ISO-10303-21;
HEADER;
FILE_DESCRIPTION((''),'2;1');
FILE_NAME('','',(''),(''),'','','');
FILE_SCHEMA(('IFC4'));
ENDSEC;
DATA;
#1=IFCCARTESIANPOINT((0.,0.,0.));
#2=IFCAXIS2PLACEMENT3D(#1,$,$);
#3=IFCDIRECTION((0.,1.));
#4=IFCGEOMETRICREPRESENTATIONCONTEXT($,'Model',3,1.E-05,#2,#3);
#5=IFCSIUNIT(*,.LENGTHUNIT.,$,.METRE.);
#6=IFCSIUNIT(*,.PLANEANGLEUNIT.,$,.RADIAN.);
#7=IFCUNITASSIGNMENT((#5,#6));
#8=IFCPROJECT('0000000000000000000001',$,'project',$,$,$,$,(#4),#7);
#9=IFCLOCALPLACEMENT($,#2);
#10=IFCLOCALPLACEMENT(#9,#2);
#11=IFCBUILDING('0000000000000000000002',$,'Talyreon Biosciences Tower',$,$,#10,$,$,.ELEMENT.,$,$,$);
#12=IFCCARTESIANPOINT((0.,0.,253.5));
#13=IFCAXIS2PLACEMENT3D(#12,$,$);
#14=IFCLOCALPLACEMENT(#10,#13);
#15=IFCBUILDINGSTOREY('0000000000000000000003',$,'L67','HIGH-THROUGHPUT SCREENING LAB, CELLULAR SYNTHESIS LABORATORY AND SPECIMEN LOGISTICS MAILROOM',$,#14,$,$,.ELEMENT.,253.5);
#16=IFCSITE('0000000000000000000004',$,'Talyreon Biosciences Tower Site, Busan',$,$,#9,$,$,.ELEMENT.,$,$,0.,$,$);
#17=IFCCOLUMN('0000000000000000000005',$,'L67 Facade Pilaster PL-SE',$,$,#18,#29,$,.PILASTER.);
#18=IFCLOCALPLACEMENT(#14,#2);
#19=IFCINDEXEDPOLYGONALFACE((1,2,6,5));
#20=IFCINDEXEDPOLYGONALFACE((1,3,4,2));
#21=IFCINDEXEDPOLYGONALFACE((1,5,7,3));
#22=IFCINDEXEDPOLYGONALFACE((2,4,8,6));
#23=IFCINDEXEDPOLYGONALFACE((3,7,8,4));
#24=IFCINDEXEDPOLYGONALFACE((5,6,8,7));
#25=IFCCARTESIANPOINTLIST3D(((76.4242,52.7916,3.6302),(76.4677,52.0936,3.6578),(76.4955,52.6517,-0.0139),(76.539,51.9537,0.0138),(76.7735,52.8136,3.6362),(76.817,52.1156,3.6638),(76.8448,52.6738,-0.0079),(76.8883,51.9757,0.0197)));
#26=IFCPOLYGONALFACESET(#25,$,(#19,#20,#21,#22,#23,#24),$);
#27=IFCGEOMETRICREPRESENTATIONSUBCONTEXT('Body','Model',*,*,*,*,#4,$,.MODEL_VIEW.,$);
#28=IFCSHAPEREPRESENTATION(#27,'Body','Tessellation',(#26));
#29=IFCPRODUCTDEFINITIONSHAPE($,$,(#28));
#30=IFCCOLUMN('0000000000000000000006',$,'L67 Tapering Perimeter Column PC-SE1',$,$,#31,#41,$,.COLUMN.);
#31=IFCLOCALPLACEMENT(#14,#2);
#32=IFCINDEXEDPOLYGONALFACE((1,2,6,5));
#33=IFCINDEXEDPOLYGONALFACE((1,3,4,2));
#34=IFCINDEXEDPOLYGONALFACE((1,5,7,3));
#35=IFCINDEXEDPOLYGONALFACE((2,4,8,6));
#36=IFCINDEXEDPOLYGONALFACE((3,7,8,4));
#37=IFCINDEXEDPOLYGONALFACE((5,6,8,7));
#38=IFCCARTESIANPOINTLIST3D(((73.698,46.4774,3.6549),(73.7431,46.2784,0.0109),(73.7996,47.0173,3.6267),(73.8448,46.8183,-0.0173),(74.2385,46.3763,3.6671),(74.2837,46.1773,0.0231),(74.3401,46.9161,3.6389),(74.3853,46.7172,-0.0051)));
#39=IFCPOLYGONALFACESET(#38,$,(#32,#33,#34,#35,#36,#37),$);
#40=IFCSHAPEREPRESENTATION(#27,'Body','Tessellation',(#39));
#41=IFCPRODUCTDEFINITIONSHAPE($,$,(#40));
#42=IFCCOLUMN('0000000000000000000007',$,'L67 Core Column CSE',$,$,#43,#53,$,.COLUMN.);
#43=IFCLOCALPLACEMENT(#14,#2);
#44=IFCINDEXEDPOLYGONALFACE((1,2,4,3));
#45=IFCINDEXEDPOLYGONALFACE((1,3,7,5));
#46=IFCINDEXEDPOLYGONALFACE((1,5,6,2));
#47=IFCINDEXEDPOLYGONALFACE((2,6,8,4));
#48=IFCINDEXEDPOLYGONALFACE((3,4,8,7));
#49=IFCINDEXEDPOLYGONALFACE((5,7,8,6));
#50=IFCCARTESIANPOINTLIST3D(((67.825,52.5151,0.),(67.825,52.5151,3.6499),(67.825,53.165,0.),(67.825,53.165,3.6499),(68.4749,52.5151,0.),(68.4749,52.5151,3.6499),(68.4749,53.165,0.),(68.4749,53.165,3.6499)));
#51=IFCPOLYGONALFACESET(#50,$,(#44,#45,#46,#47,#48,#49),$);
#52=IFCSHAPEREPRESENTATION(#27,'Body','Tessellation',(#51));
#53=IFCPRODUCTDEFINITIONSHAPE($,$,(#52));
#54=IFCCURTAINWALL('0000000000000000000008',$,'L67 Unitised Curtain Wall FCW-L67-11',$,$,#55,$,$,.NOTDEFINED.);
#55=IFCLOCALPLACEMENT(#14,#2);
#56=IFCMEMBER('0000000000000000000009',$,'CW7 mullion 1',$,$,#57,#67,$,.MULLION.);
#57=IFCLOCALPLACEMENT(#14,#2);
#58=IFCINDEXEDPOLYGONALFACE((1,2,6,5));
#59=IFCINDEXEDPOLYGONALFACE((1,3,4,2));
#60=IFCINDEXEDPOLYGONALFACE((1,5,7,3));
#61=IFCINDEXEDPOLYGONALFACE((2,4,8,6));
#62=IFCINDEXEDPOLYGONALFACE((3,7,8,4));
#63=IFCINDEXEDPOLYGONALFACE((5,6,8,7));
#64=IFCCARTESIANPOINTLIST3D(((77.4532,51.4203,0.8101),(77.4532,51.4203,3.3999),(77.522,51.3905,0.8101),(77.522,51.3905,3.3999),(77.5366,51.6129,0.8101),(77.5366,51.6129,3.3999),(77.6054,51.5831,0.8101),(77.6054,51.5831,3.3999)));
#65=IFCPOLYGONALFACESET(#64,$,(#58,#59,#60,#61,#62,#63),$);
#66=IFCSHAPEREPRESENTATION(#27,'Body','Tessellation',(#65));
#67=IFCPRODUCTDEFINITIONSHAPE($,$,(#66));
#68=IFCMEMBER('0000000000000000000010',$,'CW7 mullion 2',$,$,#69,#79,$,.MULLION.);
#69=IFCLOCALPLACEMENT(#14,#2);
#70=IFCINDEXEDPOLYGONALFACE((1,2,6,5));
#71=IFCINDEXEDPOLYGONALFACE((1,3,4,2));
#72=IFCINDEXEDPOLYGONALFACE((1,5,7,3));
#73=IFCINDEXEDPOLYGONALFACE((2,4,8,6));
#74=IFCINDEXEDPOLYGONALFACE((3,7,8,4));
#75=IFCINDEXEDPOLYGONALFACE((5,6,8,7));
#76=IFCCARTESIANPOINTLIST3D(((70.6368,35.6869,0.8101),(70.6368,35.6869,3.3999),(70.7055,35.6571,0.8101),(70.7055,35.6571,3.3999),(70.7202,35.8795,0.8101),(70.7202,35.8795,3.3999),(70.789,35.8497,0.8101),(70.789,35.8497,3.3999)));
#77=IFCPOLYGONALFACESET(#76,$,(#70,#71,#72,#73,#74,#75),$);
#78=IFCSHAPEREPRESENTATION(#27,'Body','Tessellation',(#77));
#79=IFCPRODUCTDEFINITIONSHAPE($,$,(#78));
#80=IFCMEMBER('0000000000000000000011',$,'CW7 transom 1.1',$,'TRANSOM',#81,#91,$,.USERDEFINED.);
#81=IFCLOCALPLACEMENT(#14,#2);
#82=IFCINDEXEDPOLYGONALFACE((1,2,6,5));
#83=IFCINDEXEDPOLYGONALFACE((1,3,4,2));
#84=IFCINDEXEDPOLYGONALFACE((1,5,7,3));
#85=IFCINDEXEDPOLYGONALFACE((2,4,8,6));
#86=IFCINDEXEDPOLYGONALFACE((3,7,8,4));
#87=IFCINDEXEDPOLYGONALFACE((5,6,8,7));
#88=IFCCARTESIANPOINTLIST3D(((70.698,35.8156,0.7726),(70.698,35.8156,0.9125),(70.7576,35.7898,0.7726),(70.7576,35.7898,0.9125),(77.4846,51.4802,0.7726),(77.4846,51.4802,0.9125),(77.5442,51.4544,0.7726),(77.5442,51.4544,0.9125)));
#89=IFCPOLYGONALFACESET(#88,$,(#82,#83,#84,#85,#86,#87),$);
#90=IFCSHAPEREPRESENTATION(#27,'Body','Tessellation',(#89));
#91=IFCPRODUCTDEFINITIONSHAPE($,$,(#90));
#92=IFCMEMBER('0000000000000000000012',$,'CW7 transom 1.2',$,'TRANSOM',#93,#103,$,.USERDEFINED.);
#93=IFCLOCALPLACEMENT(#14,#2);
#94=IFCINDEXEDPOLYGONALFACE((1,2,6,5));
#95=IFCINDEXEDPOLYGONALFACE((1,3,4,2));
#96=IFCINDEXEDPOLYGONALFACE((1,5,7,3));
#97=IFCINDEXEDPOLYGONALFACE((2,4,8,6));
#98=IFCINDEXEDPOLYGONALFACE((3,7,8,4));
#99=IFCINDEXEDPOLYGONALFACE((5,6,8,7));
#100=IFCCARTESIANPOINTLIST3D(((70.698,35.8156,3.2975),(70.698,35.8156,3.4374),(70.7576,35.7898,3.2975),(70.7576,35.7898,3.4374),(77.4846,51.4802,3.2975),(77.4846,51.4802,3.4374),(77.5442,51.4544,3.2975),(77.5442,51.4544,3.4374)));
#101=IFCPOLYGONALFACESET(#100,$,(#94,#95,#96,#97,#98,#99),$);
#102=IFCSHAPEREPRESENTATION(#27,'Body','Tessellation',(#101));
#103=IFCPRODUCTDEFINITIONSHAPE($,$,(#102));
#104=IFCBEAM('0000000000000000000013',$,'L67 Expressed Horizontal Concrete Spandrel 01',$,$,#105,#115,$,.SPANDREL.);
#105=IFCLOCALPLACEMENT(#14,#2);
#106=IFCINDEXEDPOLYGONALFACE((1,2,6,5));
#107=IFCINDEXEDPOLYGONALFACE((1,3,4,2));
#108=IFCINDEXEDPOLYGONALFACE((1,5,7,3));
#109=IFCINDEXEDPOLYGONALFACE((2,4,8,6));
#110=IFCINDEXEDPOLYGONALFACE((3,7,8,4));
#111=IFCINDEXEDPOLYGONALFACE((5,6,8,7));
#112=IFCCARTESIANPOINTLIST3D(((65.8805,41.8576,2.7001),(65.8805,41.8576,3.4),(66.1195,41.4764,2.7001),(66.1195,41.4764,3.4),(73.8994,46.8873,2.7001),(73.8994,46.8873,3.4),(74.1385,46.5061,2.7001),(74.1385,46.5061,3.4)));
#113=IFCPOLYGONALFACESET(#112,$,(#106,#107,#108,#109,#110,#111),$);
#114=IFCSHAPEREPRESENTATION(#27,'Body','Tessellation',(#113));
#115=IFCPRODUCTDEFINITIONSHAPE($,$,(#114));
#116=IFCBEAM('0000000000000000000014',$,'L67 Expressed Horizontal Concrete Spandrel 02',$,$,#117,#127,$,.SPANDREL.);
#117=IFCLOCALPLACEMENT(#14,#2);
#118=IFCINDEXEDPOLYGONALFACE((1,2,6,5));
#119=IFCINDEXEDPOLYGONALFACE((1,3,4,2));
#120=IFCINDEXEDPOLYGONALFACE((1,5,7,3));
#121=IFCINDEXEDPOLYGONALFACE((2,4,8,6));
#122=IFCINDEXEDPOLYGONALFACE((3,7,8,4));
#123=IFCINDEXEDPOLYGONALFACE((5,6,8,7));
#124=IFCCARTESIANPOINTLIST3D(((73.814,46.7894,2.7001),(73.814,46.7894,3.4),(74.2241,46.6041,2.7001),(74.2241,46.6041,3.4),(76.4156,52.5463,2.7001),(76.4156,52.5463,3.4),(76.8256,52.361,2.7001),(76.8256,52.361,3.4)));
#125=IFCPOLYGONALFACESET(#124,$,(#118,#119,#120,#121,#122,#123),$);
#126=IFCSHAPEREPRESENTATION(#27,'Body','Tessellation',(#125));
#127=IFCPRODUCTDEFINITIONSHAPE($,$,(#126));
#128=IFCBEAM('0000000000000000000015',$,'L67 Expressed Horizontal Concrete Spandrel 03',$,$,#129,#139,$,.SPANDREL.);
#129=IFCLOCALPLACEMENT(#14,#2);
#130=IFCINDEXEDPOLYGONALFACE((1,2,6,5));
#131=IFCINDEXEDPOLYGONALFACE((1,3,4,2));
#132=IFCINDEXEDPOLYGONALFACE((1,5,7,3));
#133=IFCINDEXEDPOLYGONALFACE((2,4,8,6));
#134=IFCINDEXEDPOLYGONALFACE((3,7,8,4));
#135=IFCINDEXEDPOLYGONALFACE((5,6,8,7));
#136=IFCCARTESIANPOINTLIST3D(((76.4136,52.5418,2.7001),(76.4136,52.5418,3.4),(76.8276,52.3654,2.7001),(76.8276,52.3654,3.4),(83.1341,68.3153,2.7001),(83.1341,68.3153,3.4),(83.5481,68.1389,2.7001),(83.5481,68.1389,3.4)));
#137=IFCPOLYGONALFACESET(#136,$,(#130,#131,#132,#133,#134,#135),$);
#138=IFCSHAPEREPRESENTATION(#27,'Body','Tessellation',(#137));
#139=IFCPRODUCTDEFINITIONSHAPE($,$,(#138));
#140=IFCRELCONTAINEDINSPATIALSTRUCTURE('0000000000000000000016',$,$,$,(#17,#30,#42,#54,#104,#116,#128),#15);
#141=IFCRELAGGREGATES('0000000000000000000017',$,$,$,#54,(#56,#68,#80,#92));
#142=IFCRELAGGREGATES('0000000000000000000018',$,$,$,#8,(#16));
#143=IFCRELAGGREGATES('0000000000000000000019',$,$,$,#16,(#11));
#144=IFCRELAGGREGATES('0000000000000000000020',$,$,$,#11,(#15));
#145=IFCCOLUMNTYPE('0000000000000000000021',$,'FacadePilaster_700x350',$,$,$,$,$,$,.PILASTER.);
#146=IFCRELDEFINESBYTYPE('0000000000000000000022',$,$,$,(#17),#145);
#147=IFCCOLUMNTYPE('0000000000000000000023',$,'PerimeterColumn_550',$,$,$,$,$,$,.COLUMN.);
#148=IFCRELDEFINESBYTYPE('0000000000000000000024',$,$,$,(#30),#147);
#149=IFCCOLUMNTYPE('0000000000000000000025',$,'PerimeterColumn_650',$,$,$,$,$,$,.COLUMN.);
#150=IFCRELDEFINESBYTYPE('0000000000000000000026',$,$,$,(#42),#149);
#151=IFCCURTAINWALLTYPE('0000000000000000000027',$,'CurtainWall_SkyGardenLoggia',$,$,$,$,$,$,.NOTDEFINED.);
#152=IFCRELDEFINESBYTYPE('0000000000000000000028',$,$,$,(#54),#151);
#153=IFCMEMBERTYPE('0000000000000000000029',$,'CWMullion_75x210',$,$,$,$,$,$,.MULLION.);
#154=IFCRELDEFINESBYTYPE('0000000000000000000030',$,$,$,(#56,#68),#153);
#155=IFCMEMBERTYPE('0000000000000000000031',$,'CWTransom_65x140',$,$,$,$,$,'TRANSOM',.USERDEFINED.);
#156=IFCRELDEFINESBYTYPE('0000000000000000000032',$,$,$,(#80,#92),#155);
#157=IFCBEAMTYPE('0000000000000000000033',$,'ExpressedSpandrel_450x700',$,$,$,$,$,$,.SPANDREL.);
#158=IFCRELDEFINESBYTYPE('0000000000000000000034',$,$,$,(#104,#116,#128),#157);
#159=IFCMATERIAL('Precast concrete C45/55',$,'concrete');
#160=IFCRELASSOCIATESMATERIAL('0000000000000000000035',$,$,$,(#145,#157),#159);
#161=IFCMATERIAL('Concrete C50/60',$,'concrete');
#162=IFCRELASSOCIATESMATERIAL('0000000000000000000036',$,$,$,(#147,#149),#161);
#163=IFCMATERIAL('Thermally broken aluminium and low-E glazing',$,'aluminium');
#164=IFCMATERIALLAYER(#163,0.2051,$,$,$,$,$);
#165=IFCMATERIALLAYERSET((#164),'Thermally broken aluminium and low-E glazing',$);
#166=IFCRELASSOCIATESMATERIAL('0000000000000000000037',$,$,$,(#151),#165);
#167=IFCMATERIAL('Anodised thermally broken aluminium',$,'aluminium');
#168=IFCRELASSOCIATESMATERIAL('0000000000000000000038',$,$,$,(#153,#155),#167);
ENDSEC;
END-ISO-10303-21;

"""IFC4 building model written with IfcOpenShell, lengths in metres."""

from ifc_helpers import new_model, si_unit, direction, frame, origin, origin_2d, place, context, subcontext, project, spatial, rectangle, extrude, material, layer, layer_set, material_profile, profile_set, type_object, element, aggregate, save


model = new_model("IFC4")

# Units and contexts
model_context = context("Model", 3, precision=1e-05, world=origin(), true_north=direction((0.0, 1.0)))
body_context = subcontext(model_context, "Body", "Model", "MODEL_VIEW")
ifc_project = project(units=[si_unit("LENGTHUNIT", "METRE"), si_unit("PLANEANGLEUNIT", "RADIAN")], contexts=[model_context])

# Site, building, storey
site_placement = place(None, origin())
site = spatial("IfcSite", under=ifc_project, at=site_placement, Name="Talyreon Biosciences Tower Site, Busan", CompositionType="ELEMENT", RefElevation=0.0)
building_placement = place(site_placement, origin())
building = spatial("IfcBuilding", under=site, at=building_placement, Name="Talyreon Biosciences Tower", CompositionType="ELEMENT")
storey_placement = place(building_placement, frame((0.0, 0.0, 253.5)))
storey = spatial("IfcBuildingStorey", under=building, at=storey_placement, Name="L67", Description="HIGH-THROUGHPUT SCREENING LAB, CELLULAR SYNTHESIS LABORATORY AND SPECIMEN LOGISTICS MAILROOM", CompositionType="ELEMENT", Elevation=253.5)

# Columns
ifc_material_1 = material(Name="Precast concrete C45/55", Category="concrete")
ifc_material_profile_1 = material_profile(ifc_material_1, rectangle(XDim=0.7, YDim=0.3501, at=origin_2d()), Name="RC 700x350")
ifc_profile_set_1 = profile_set([ifc_material_profile_1], Name="Precast concrete C45/55")
column_type_1 = type_object("IfcColumnType", Name="FacadePilaster_700x350", PredefinedType="PILASTER", material=ifc_profile_set_1)
column_1_placement = place(storey_placement, frame((76.6919, 52.3137, 0.0029), z_axis=(-0.019545, 0.038354, 0.999073), x_axis=(0.062149, -0.997285, 0.039501)))
element("IfcColumn", 1, at=column_1_placement, inside=storey, type_object=column_type_1, Name="L67 Facade Pilaster PL-SE", PredefinedType="PILASTER", context=body_context, shape_type="SweptSolid", body=[
    extrude(rectangle(XDim=0.7, YDim=0.3501, at=origin_2d()), origin(), (0.0, 0.0, 1.0), 3.6475),
])
ifc_material_2 = material(Name="Concrete C50/60", Category="concrete")
ifc_material_profile_2 = material_profile(ifc_material_2, rectangle(XDim=0.55, YDim=0.55, at=origin_2d()), Name="RC 550x550")
ifc_profile_set_2 = profile_set([ifc_material_profile_2], Name="Concrete C50/60")
column_type_2 = type_object("IfcColumnType", Name="PerimeterColumn_550", PredefinedType="COLUMN", material=ifc_profile_set_2)
column_2_placement = place(storey_placement, frame((74.0642, 46.4978, 0.0029), z_axis=(-0.012375, 0.054517, 0.998436), x_axis=(-0.184765, -0.981443, 0.051299)))
element("IfcColumn", 2, at=column_2_placement, inside=storey, type_object=column_type_2, Name="L67 Tapering Perimeter Column PC-SE1", PredefinedType="COLUMN", context=body_context, shape_type="SweptSolid", body=[
    extrude(rectangle(XDim=0.55, YDim=0.55, at=origin_2d()), origin(), (0.0, 0.0, 1.0), 3.6497),
])
ifc_material_profile_3 = material_profile(ifc_material_2, rectangle(XDim=0.6499, YDim=0.6499, at=origin_2d()), Name="RC 650x650")
ifc_profile_set_3 = profile_set([ifc_material_profile_3], Name="Concrete C50/60")
column_type_3 = type_object("IfcColumnType", Name="PerimeterColumn_650", PredefinedType="COLUMN", material=ifc_profile_set_3)
column_3_placement = place(storey_placement, frame((68.1499, 52.8401, 0.0), z_axis=(0.0, 0.0, 1.0), x_axis=(1.0, 0.0, 0.0)))
element("IfcColumn", 3, at=column_3_placement, inside=storey, type_object=column_type_3, Name="L67 Core Column CSE", PredefinedType="COLUMN", context=body_context, shape_type="SweptSolid", body=[
    extrude(rectangle(XDim=0.6499, YDim=0.6499, at=origin_2d()), origin(), (0.0, 0.0, 1.0), 3.6499),
])

# Curtain wall, members
ifc_material_3 = material(Name="Thermally broken aluminium and low-E glazing", Category="aluminium")
ifc_layer_1 = layer(ifc_material_3, 0.2051)
ifc_layer_set_1 = layer_set([ifc_layer_1], Name="Thermally broken aluminium and low-E glazing")
curtain_wall_type = type_object("IfcCurtainWallType", Name="CurtainWall_SkyGardenLoggia", PredefinedType="NOTDEFINED", material=ifc_layer_set_1)
curtain_wall_placement = place(storey_placement, origin())
curtain_wall = element("IfcCurtainWall", 4, at=curtain_wall_placement, inside=storey, type_object=curtain_wall_type, Name="L67 Unitised Curtain Wall FCW-L67-11", PredefinedType="NOTDEFINED")
ifc_material_4 = material(Name="Anodised thermally broken aluminium", Category="aluminium")
ifc_material_profile_4 = material_profile(ifc_material_4, rectangle(XDim=0.075, YDim=0.21, at=origin_2d()), Name="ALUM MULLION 75x210")
ifc_profile_set_4 = profile_set([ifc_material_profile_4], Name="Anodised thermally broken aluminium")
member_type_1 = type_object("IfcMemberType", Name="CWMullion_75x210", PredefinedType="MULLION", material=ifc_profile_set_4)
member_1_placement = place(storey_placement, frame((77.5293, 51.5017, 0.8101), z_axis=(0.0, 0.0, 1.0), x_axis=(0.917587, -0.397536, 0.0)))
member_1 = element("IfcMember", 5, at=member_1_placement, type_object=member_type_1, Name="CW7 mullion 1", PredefinedType="MULLION", context=body_context, shape_type="SweptSolid", body=[
    extrude(rectangle(XDim=0.075, YDim=0.21, at=origin_2d()), origin(), (0.0, 0.0, 1.0), 2.5898),
])
member_2_placement = place(storey_placement, frame((70.7129, 35.7683, 0.8101), z_axis=(0.0, 0.0, 1.0), x_axis=(0.917587, -0.397536, 0.0)))
member_2 = element("IfcMember", 6, at=member_2_placement, type_object=member_type_1, Name="CW7 mullion 2", PredefinedType="MULLION", context=body_context, shape_type="SweptSolid", body=[
    extrude(rectangle(XDim=0.075, YDim=0.21, at=origin_2d()), origin(), (0.0, 0.0, 1.0), 2.5898),
])
ifc_material_profile_5 = material_profile(ifc_material_4, rectangle(XDim=0.0649, YDim=0.1399, at=origin_2d()), Name="ALUM TRANSOM 65x140")
ifc_profile_set_5 = profile_set([ifc_material_profile_5], Name="Anodised thermally broken aluminium")
member_type_2 = type_object("IfcMemberType", Name="CWTransom_65x140", ElementType="TRANSOM", PredefinedType="USERDEFINED", material=ifc_profile_set_5)
member_3_placement = place(storey_placement, frame((77.5144, 51.4673, 0.8425), z_axis=(-0.397541, -0.917584, 0.0), x_axis=(0.917584, -0.397541, 0.0)))
member_3 = element("IfcMember", 7, at=member_3_placement, type_object=member_type_2, Name="CW7 transom 1.1", ObjectType="TRANSOM", PredefinedType="USERDEFINED", context=body_context, shape_type="SweptSolid", body=[
    extrude(rectangle(XDim=0.0649, YDim=0.1399, at=origin_2d()), origin(), (0.0, 0.0, 1.0), 17.0715),
])
member_4_placement = place(storey_placement, frame((77.5144, 51.4673, 3.3674), z_axis=(-0.397541, -0.917584, 0.0), x_axis=(0.917584, -0.397541, 0.0)))
member_4 = element("IfcMember", 8, at=member_4_placement, type_object=member_type_2, Name="CW7 transom 1.2", ObjectType="TRANSOM", PredefinedType="USERDEFINED", context=body_context, shape_type="SweptSolid", body=[
    extrude(rectangle(XDim=0.0649, YDim=0.1399, at=origin_2d()), origin(), (0.0, 0.0, 1.0), 17.0715),
])

# Beams
ifc_material_profile_6 = material_profile(ifc_material_1, rectangle(XDim=0.45, YDim=0.7, at=origin_2d()), Name="RCB 450x700")
ifc_profile_set_6 = profile_set([ifc_material_profile_6], Name="Precast concrete C45/55")
beam_type_1 = type_object("IfcBeamType", Name="ExpressedSpandrel_450x700", PredefinedType="SPANDREL", material=ifc_profile_set_6)
beam_1_placement = place(storey_placement, frame((66.0, 41.667, 3.05), z_axis=(0.847148, 0.531357, 0.0), x_axis=(-0.531357, 0.847148, 0.0)))
element("IfcBeam", 9, at=beam_1_placement, inside=storey, type_object=beam_type_1, Name="L67 Expressed Horizontal Concrete Spandrel 01", PredefinedType="SPANDREL", context=body_context, shape_type="SweptSolid", body=[
    extrude(rectangle(XDim=0.45, YDim=0.7, at=origin_2d()), origin(), (0.0, 0.0, 1.0), 9.4658),
])
beam_2_placement = place(storey_placement, frame((74.019, 46.6968, 3.05), z_axis=(0.41181, 0.91127, 0.0), x_axis=(-0.91127, 0.41181, 0.0)))
element("IfcBeam", 10, at=beam_2_placement, inside=storey, type_object=beam_type_1, Name="L67 Expressed Horizontal Concrete Spandrel 02", PredefinedType="SPANDREL", context=body_context, shape_type="SweptSolid", body=[
    extrude(rectangle(XDim=0.45, YDim=0.7, at=origin_2d()), origin(), (0.0, 0.0, 1.0), 6.3174),
])
beam_3_placement = place(storey_placement, frame((76.6206, 52.4536, 3.05), z_axis=(0.391968, 0.919979, 0.0), x_axis=(-0.919979, 0.391968, 0.0)))
element("IfcBeam", 11, at=beam_3_placement, inside=storey, type_object=beam_type_1, Name="L67 Expressed Horizontal Concrete Spandrel 03", PredefinedType="SPANDREL", context=body_context, shape_type="SweptSolid", body=[
    extrude(rectangle(XDim=0.45, YDim=0.7, at=origin_2d()), origin(), (0.0, 0.0, 1.0), 17.1455),
])

aggregate(curtain_wall, [member_1, member_2, member_3, member_4])

save(model, "model.ifc")
